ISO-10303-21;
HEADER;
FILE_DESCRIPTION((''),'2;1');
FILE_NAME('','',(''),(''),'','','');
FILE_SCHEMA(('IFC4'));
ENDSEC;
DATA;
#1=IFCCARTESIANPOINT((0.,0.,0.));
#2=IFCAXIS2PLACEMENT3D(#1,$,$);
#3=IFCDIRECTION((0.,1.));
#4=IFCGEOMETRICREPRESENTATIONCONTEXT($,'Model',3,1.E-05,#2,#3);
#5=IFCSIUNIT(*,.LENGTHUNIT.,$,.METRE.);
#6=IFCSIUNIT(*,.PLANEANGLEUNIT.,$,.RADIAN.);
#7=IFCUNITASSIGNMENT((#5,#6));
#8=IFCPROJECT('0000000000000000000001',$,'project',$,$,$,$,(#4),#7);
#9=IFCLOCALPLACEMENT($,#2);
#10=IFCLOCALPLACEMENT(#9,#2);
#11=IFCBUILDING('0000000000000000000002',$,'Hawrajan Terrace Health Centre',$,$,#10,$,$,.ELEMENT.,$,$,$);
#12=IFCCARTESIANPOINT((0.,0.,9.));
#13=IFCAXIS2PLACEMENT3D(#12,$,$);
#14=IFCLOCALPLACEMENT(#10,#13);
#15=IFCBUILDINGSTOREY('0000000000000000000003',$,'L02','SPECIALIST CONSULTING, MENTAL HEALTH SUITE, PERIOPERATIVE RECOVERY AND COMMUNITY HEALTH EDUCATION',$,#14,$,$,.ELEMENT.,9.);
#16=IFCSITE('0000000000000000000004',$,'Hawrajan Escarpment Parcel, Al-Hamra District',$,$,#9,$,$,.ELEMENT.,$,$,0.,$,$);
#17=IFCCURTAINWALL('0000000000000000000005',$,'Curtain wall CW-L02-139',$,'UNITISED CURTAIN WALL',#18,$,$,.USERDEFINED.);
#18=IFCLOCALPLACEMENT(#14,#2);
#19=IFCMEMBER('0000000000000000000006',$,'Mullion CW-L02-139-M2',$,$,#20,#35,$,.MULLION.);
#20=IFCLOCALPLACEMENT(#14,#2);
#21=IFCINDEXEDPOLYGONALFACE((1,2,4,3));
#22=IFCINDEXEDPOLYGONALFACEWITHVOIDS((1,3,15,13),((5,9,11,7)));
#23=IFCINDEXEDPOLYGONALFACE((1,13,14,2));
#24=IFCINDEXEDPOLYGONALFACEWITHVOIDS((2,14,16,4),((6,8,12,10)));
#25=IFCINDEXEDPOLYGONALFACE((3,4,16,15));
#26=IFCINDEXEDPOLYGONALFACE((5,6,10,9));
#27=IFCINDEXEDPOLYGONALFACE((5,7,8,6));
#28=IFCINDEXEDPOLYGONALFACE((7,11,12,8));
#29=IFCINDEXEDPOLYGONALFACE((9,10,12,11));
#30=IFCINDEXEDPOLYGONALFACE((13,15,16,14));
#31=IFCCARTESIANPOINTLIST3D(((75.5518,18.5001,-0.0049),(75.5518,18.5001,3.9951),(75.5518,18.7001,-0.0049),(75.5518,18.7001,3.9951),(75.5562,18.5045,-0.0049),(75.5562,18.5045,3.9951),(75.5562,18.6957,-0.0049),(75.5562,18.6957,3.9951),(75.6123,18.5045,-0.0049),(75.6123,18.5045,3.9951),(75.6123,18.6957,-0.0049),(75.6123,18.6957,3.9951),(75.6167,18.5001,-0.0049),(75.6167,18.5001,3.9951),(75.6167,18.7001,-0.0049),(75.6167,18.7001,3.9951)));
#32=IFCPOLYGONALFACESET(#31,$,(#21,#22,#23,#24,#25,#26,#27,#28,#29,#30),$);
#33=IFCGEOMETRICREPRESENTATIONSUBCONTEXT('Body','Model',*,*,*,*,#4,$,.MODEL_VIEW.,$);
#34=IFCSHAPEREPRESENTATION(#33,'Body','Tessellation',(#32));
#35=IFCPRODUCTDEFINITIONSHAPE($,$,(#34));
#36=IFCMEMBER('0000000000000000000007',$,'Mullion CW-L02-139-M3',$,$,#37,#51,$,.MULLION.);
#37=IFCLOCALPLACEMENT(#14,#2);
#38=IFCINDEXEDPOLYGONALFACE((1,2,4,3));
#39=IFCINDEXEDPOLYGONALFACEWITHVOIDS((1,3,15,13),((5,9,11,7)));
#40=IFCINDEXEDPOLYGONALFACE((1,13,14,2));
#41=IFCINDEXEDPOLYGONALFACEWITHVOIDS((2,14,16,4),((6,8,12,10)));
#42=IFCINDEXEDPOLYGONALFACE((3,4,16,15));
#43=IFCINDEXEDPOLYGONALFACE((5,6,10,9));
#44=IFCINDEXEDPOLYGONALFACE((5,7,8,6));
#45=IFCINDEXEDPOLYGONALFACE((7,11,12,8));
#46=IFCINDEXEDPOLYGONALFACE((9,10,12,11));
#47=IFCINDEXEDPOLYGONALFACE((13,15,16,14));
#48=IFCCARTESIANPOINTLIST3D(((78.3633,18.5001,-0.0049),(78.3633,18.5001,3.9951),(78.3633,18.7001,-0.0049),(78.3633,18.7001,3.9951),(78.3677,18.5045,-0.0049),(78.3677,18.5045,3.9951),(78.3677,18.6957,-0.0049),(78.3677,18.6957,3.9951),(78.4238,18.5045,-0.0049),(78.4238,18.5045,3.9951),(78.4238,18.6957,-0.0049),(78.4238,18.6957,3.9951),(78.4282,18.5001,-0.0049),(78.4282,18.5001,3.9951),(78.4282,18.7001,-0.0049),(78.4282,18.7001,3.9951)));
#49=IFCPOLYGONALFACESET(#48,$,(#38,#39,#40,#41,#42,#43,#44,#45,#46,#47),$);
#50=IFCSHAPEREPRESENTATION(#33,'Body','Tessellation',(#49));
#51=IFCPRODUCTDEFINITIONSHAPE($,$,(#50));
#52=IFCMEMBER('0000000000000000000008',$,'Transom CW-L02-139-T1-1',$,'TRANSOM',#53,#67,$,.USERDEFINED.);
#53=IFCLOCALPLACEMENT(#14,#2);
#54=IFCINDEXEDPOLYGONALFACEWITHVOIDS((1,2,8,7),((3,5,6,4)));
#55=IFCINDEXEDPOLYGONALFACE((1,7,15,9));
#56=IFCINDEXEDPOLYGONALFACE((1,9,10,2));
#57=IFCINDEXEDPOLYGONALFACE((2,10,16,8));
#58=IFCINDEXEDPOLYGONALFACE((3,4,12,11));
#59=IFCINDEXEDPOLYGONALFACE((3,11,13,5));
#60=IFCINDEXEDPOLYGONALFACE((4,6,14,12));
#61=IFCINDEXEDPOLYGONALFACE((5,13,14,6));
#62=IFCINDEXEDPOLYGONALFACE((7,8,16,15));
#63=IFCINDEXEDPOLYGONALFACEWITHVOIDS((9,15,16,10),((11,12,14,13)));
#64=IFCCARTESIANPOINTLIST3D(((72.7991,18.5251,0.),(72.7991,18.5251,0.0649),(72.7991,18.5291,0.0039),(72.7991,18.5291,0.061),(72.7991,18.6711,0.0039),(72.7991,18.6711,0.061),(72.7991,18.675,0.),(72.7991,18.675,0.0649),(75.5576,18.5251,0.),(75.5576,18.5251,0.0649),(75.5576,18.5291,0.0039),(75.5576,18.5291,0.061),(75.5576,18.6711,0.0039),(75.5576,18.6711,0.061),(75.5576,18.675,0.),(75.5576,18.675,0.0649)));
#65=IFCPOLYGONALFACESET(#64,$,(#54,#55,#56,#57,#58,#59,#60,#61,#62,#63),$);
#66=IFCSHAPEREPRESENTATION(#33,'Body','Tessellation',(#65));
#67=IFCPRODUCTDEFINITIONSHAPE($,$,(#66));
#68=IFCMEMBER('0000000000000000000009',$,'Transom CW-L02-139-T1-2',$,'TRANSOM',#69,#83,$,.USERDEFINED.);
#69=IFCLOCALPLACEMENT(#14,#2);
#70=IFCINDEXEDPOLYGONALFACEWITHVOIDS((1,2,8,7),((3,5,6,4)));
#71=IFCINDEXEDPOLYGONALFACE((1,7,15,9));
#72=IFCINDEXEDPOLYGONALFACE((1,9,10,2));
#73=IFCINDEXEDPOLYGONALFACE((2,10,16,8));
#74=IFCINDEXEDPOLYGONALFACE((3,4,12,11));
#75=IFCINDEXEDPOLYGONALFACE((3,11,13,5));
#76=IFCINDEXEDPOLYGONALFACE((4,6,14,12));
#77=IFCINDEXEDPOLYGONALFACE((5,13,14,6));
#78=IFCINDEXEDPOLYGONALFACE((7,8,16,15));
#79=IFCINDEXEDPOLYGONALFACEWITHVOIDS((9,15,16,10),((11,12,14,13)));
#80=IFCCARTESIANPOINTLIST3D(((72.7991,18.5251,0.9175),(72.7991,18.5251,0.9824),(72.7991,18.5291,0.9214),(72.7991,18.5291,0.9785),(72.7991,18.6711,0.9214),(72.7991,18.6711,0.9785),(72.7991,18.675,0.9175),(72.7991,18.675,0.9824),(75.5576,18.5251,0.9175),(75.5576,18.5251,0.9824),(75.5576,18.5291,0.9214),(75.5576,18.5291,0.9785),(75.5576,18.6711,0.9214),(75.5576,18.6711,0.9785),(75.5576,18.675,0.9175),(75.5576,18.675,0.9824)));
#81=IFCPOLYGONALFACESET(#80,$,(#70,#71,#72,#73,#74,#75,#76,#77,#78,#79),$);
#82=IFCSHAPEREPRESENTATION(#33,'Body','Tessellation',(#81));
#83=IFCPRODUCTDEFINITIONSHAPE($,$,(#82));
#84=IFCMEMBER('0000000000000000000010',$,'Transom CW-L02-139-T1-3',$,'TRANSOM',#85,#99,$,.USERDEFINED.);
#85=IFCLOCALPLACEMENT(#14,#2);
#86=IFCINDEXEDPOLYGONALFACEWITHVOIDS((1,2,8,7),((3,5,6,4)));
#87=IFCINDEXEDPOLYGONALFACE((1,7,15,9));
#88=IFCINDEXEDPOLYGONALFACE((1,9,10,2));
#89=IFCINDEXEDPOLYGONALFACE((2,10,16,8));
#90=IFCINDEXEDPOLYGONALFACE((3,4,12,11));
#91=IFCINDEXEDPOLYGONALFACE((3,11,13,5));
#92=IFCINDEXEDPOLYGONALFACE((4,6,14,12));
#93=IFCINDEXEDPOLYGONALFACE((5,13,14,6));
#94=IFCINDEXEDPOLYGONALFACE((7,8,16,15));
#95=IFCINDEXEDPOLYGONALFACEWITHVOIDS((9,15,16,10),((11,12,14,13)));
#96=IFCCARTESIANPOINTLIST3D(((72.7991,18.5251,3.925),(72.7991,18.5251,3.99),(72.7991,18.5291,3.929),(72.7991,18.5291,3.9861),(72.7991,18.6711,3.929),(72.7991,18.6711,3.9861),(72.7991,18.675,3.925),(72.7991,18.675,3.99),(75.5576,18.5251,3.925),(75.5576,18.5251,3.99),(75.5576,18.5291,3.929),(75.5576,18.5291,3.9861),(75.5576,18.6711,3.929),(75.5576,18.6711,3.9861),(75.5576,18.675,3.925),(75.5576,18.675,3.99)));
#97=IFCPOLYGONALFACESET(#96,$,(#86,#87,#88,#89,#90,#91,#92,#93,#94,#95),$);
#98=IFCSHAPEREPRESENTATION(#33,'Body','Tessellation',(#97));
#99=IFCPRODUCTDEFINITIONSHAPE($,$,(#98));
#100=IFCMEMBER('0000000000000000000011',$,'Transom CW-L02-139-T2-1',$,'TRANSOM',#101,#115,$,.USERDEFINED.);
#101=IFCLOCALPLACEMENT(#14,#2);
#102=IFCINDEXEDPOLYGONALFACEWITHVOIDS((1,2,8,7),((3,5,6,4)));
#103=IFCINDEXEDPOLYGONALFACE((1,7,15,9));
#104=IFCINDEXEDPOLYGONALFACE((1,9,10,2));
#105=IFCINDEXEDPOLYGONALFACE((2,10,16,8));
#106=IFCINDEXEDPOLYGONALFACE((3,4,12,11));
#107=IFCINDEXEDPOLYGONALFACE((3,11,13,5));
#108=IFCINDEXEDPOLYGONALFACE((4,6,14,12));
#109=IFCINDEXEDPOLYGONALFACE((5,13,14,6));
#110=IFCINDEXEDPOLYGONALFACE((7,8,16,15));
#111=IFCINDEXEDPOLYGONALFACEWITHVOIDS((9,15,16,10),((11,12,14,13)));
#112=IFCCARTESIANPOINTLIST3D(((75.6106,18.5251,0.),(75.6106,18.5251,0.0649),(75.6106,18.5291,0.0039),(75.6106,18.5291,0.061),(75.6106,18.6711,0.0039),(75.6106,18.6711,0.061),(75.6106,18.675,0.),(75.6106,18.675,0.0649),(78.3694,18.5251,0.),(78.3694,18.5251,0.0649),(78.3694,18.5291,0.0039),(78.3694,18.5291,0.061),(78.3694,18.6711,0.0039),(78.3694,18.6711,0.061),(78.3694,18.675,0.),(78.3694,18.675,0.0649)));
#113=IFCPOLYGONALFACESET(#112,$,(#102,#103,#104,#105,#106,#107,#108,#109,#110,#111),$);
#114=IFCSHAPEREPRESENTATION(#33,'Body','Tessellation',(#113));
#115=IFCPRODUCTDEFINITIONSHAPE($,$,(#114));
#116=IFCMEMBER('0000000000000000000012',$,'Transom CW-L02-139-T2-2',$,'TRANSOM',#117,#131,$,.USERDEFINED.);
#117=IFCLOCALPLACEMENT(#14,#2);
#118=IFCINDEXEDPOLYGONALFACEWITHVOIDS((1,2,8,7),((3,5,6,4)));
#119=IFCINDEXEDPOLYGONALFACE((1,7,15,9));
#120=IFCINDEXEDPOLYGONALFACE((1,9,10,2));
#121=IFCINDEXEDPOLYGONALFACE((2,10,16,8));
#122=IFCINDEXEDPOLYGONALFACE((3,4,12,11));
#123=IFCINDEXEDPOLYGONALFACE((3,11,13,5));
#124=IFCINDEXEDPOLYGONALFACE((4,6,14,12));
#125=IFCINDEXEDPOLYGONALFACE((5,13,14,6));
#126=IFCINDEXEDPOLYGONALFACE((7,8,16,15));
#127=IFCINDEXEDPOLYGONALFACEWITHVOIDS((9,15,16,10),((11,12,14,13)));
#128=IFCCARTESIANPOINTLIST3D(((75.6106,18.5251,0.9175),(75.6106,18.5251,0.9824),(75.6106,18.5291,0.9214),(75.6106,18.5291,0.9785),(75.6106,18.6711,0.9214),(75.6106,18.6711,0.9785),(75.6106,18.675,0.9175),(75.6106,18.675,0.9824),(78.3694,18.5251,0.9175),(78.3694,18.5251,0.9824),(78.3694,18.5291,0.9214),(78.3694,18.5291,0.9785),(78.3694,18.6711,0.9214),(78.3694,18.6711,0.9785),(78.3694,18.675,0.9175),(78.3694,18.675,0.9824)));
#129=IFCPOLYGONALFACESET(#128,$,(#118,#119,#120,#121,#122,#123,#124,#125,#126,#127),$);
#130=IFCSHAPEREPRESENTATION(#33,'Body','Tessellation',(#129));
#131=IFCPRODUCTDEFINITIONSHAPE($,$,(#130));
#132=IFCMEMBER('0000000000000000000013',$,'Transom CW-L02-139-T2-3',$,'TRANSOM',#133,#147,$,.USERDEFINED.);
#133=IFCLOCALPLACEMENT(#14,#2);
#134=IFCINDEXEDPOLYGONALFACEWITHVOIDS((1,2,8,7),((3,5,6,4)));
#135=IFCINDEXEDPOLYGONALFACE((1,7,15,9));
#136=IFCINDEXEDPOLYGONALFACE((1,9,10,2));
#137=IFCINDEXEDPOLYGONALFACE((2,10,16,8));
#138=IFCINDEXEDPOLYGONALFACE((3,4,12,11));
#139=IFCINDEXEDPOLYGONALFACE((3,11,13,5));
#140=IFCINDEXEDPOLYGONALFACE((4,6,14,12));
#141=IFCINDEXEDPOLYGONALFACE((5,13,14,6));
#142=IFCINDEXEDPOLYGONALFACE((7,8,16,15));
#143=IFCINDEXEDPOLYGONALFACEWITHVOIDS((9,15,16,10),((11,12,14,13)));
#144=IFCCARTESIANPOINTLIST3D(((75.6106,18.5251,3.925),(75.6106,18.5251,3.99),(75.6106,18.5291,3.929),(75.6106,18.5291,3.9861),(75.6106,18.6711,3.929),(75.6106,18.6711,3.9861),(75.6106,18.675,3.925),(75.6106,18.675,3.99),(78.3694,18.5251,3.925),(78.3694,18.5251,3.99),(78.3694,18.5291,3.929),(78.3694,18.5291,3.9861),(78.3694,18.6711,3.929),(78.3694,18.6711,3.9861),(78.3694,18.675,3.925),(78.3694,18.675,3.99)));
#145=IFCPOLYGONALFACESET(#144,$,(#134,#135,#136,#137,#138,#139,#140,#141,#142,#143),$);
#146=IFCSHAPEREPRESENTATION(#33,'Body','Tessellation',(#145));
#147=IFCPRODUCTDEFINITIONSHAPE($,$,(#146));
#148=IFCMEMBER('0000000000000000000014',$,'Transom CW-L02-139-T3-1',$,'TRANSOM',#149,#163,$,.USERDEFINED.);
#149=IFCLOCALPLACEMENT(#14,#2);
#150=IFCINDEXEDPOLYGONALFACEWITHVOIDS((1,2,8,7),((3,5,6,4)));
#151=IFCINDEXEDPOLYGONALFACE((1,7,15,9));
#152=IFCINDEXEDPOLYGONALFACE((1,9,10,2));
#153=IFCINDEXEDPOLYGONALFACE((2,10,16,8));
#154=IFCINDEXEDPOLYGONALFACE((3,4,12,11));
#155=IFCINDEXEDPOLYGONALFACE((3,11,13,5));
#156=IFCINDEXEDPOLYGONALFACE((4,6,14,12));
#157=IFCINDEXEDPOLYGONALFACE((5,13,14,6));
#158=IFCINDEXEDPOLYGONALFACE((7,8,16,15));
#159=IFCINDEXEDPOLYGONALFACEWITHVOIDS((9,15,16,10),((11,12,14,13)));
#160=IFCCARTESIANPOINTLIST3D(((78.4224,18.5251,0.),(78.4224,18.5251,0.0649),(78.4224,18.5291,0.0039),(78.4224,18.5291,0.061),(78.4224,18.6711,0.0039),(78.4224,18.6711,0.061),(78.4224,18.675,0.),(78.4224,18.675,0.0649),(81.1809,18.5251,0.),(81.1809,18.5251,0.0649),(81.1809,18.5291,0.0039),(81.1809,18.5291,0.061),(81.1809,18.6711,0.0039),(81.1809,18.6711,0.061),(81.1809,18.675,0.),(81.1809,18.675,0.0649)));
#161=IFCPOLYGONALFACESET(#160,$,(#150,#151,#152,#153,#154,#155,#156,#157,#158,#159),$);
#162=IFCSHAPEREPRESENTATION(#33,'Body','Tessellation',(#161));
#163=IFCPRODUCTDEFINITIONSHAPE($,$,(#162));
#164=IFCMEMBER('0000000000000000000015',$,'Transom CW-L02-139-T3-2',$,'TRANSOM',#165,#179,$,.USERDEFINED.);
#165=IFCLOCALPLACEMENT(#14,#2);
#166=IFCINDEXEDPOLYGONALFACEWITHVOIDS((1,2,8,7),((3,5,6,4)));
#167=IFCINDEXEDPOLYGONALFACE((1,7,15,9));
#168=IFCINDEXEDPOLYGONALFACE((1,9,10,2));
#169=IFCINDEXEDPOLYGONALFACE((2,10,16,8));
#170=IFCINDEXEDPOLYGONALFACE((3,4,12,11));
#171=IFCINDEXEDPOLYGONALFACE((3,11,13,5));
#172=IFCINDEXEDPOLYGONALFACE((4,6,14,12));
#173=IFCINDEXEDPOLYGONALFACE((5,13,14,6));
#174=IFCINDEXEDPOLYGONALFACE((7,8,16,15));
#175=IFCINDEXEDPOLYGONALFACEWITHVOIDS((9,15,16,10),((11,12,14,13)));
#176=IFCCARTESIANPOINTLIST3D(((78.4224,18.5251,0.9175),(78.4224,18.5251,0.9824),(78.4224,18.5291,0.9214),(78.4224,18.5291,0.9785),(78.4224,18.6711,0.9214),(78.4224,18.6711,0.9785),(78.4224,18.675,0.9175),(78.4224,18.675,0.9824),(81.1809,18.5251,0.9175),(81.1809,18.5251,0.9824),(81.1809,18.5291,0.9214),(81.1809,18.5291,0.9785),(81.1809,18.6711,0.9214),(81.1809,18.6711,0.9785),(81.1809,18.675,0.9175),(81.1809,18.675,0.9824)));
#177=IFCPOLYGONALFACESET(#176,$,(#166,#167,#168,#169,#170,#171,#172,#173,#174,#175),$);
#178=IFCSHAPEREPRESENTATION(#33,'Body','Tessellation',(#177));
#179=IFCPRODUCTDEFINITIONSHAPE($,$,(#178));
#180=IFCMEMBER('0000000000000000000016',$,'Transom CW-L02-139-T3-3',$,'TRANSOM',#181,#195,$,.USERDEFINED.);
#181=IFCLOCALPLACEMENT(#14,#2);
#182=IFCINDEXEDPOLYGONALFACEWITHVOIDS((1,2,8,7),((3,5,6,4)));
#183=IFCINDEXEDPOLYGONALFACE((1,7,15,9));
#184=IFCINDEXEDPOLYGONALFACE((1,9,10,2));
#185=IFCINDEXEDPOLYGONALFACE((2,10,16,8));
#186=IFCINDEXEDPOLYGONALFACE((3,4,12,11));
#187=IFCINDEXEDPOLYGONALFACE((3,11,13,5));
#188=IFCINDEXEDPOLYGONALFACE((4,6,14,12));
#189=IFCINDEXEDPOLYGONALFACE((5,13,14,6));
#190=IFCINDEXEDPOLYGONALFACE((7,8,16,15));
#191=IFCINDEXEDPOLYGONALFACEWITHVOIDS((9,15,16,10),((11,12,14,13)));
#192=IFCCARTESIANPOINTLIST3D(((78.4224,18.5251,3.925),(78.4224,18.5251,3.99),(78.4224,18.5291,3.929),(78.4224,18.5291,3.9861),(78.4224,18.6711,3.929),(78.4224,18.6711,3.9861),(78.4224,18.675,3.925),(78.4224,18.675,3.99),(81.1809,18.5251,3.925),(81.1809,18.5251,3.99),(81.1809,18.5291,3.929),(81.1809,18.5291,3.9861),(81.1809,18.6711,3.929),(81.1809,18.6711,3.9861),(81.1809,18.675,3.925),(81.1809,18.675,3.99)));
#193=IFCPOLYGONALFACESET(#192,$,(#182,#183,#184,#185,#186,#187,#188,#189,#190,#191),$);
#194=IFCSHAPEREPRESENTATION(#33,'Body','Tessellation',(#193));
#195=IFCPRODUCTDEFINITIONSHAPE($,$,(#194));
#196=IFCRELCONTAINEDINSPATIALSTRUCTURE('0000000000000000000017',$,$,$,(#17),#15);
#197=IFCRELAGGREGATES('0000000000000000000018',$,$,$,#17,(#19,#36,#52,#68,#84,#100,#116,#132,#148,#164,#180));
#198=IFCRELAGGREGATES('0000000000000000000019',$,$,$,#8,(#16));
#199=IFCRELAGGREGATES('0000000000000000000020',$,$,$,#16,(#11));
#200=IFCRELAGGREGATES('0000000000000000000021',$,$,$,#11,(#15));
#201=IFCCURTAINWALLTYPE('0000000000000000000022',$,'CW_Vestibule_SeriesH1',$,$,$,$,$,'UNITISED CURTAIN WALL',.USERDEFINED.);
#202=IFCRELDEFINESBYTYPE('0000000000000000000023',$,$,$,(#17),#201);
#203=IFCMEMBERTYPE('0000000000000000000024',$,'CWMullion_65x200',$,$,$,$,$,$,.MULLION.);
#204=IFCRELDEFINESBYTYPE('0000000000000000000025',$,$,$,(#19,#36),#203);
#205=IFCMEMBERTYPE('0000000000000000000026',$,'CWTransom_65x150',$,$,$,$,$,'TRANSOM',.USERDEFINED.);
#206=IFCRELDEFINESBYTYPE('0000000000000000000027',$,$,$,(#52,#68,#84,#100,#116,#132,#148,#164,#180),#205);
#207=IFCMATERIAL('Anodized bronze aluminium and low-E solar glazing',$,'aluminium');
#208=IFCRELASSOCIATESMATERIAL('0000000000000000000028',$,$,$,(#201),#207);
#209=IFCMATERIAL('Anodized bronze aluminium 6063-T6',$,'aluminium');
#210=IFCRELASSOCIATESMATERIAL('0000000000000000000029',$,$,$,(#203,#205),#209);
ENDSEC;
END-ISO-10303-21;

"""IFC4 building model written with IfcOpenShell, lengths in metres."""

from ifc_helpers import new_model, si_unit, direction, frame, origin, origin_2d, place, context, subcontext, project, spatial, hollow_rectangle, extrude, material, material_profile, profile_set, type_object, element, aggregate, save


model = new_model("IFC4")

# Units and contexts
model_context = context("Model", 3, precision=1e-05, world=origin(), true_north=direction((0.0, 1.0)))
body_context = subcontext(model_context, "Body", "Model", "MODEL_VIEW")
ifc_project = project(units=[si_unit("LENGTHUNIT", "METRE"), si_unit("PLANEANGLEUNIT", "RADIAN")], contexts=[model_context])

# Site, building, storey
site_placement = place(None, origin())
site = spatial("IfcSite", under=ifc_project, at=site_placement, Name="Hawrajan Escarpment Parcel, Al-Hamra District", CompositionType="ELEMENT", RefElevation=0.0)
building_placement = place(site_placement, origin())
building = spatial("IfcBuilding", under=site, at=building_placement, Name="Hawrajan Terrace Health Centre", CompositionType="ELEMENT")
storey_placement = place(building_placement, frame((0.0, 0.0, 9.0)))
storey = spatial("IfcBuildingStorey", under=building, at=storey_placement, Name="L02", Description="SPECIALIST CONSULTING, MENTAL HEALTH SUITE, PERIOPERATIVE RECOVERY AND COMMUNITY HEALTH EDUCATION", CompositionType="ELEMENT", Elevation=9.0)

# Curtain wall, members
ifc_material_1 = material(Name="Anodized bronze aluminium and low-E solar glazing", Category="aluminium")
curtain_wall_type = type_object("IfcCurtainWallType", Name="CW_Vestibule_SeriesH1", ElementType="UNITISED CURTAIN WALL", PredefinedType="USERDEFINED", material=ifc_material_1)
curtain_wall_placement = place(storey_placement, origin())
curtain_wall = element("IfcCurtainWall", 1, at=curtain_wall_placement, inside=storey, type_object=curtain_wall_type, Name="Curtain wall CW-L02-139", ObjectType="UNITISED CURTAIN WALL", PredefinedType="USERDEFINED")
ifc_material_2 = material(Name="Anodized bronze aluminium 6063-T6", Category="aluminium")
ifc_material_profile_1 = material_profile(ifc_material_2, hollow_rectangle(XDim=0.0649, YDim=0.2, WallThickness=0.0044, at=origin_2d()), Name="CW MUL 65x200")
ifc_profile_set_1 = profile_set([ifc_material_profile_1], Name="Anodized bronze aluminium 6063-T6")
member_type_1 = type_object("IfcMemberType", Name="CWMullion_65x200", PredefinedType="MULLION", material=ifc_profile_set_1)
member_1_placement = place(storey_placement, frame((75.5842, 18.6001, -0.0049), z_axis=(0.0, 0.0, 1.0), x_axis=(1.0, 0.0, 0.0)))
member_1 = element("IfcMember", 2, at=member_1_placement, type_object=member_type_1, Name="Mullion CW-L02-139-M2", PredefinedType="MULLION", context=body_context, shape_type="SweptSolid", body=[
    extrude(hollow_rectangle(XDim=0.0649, YDim=0.2, WallThickness=0.0044, at=origin_2d()), origin(), (0.0, 0.0, 1.0), 4.0),
])
member_2_placement = place(storey_placement, frame((78.3958, 18.6001, -0.0049), z_axis=(0.0, 0.0, 1.0), x_axis=(1.0, 0.0, 0.0)))
member_2 = element("IfcMember", 3, at=member_2_placement, type_object=member_type_1, Name="Mullion CW-L02-139-M3", PredefinedType="MULLION", context=body_context, shape_type="SweptSolid", body=[
    extrude(hollow_rectangle(XDim=0.0649, YDim=0.2, WallThickness=0.0044, at=origin_2d()), origin(), (0.0, 0.0, 1.0), 4.0),
])
ifc_material_profile_2 = material_profile(ifc_material_2, hollow_rectangle(XDim=0.0649, YDim=0.1499, WallThickness=0.0039, at=origin_2d()), Name="CW TRN 65x150")
ifc_profile_set_2 = profile_set([ifc_material_profile_2], Name="Anodized bronze aluminium 6063-T6")
member_type_2 = type_object("IfcMemberType", Name="CWTransom_65x150", ElementType="TRANSOM", PredefinedType="USERDEFINED", material=ifc_profile_set_2)
member_3_placement = place(storey_placement, frame((72.7991, 18.6001, 0.0325), z_axis=(1.0, 0.0, 0.0), x_axis=(0.0, 0.0, 1.0)))
member_3 = element("IfcMember", 4, at=member_3_placement, type_object=member_type_2, Name="Transom CW-L02-139-T1-1", ObjectType="TRANSOM", PredefinedType="USERDEFINED", context=body_context, shape_type="SweptSolid", body=[
    extrude(hollow_rectangle(XDim=0.0649, YDim=0.1499, WallThickness=0.0039, at=origin_2d()), origin(), (0.0, 0.0, 1.0), 2.7585),
])
member_4_placement = place(storey_placement, frame((72.7991, 18.6001, 0.95), z_axis=(1.0, 0.0, 0.0), x_axis=(0.0, 0.0, 1.0)))
member_4 = element("IfcMember", 5, at=member_4_placement, type_object=member_type_2, Name="Transom CW-L02-139-T1-2", ObjectType="TRANSOM", PredefinedType="USERDEFINED", context=body_context, shape_type="SweptSolid", body=[
    extrude(hollow_rectangle(XDim=0.0649, YDim=0.1499, WallThickness=0.0039, at=origin_2d()), origin(), (0.0, 0.0, 1.0), 2.7585),
])
member_5_placement = place(storey_placement, frame((72.7991, 18.6001, 3.9575), z_axis=(1.0, 0.0, 0.0), x_axis=(0.0, 0.0, 1.0)))
member_5 = element("IfcMember", 6, at=member_5_placement, type_object=member_type_2, Name="Transom CW-L02-139-T1-3", ObjectType="TRANSOM", PredefinedType="USERDEFINED", context=body_context, shape_type="SweptSolid", body=[
    extrude(hollow_rectangle(XDim=0.0649, YDim=0.1499, WallThickness=0.0039, at=origin_2d()), origin(), (0.0, 0.0, 1.0), 2.7585),
])
member_6_placement = place(storey_placement, frame((75.6106, 18.6001, 0.0325), z_axis=(1.0, 0.0, 0.0), x_axis=(0.0, 0.0, 1.0)))
member_6 = element("IfcMember", 7, at=member_6_placement, type_object=member_type_2, Name="Transom CW-L02-139-T2-1", ObjectType="TRANSOM", PredefinedType="USERDEFINED", context=body_context, shape_type="SweptSolid", body=[
    extrude(hollow_rectangle(XDim=0.0649, YDim=0.1499, WallThickness=0.0039, at=origin_2d()), origin(), (0.0, 0.0, 1.0), 2.7588),
])
member_7_placement = place(storey_placement, frame((75.6106, 18.6001, 0.95), z_axis=(1.0, 0.0, 0.0), x_axis=(0.0, 0.0, 1.0)))
member_7 = element("IfcMember", 8, at=member_7_placement, type_object=member_type_2, Name="Transom CW-L02-139-T2-2", ObjectType="TRANSOM", PredefinedType="USERDEFINED", context=body_context, shape_type="SweptSolid", body=[
    extrude(hollow_rectangle(XDim=0.0649, YDim=0.1499, WallThickness=0.0039, at=origin_2d()), origin(), (0.0, 0.0, 1.0), 2.7588),
])
member_8_placement = place(storey_placement, frame((75.6106, 18.6001, 3.9575), z_axis=(1.0, 0.0, 0.0), x_axis=(0.0, 0.0, 1.0)))
member_8 = element("IfcMember", 9, at=member_8_placement, type_object=member_type_2, Name="Transom CW-L02-139-T2-3", ObjectType="TRANSOM", PredefinedType="USERDEFINED", context=body_context, shape_type="SweptSolid", body=[
    extrude(hollow_rectangle(XDim=0.0649, YDim=0.1499, WallThickness=0.0039, at=origin_2d()), origin(), (0.0, 0.0, 1.0), 2.7588),
])
member_9_placement = place(storey_placement, frame((78.4224, 18.6001, 0.0325), z_axis=(1.0, 0.0, 0.0), x_axis=(0.0, 0.0, 1.0)))
member_9 = element("IfcMember", 10, at=member_9_placement, type_object=member_type_2, Name="Transom CW-L02-139-T3-1", ObjectType="TRANSOM", PredefinedType="USERDEFINED", context=body_context, shape_type="SweptSolid", body=[
    extrude(hollow_rectangle(XDim=0.0649, YDim=0.1499, WallThickness=0.0039, at=origin_2d()), origin(), (0.0, 0.0, 1.0), 2.7585),
])
member_10_placement = place(storey_placement, frame((78.4224, 18.6001, 0.95), z_axis=(1.0, 0.0, 0.0), x_axis=(0.0, 0.0, 1.0)))
member_10 = element("IfcMember", 11, at=member_10_placement, type_object=member_type_2, Name="Transom CW-L02-139-T3-2", ObjectType="TRANSOM", PredefinedType="USERDEFINED", context=body_context, shape_type="SweptSolid", body=[
    extrude(hollow_rectangle(XDim=0.0649, YDim=0.1499, WallThickness=0.0039, at=origin_2d()), origin(), (0.0, 0.0, 1.0), 2.7585),
])
member_11_placement = place(storey_placement, frame((78.4224, 18.6001, 3.9575), z_axis=(1.0, 0.0, 0.0), x_axis=(0.0, 0.0, 1.0)))
member_11 = element("IfcMember", 12, at=member_11_placement, type_object=member_type_2, Name="Transom CW-L02-139-T3-3", ObjectType="TRANSOM", PredefinedType="USERDEFINED", context=body_context, shape_type="SweptSolid", body=[
    extrude(hollow_rectangle(XDim=0.0649, YDim=0.1499, WallThickness=0.0039, at=origin_2d()), origin(), (0.0, 0.0, 1.0), 2.7585),
])

aggregate(curtain_wall, [member_1, member_2, member_3, member_4, member_5, member_6, member_7, member_8, member_9, member_10, member_11])

save(model, "model.ifc")
